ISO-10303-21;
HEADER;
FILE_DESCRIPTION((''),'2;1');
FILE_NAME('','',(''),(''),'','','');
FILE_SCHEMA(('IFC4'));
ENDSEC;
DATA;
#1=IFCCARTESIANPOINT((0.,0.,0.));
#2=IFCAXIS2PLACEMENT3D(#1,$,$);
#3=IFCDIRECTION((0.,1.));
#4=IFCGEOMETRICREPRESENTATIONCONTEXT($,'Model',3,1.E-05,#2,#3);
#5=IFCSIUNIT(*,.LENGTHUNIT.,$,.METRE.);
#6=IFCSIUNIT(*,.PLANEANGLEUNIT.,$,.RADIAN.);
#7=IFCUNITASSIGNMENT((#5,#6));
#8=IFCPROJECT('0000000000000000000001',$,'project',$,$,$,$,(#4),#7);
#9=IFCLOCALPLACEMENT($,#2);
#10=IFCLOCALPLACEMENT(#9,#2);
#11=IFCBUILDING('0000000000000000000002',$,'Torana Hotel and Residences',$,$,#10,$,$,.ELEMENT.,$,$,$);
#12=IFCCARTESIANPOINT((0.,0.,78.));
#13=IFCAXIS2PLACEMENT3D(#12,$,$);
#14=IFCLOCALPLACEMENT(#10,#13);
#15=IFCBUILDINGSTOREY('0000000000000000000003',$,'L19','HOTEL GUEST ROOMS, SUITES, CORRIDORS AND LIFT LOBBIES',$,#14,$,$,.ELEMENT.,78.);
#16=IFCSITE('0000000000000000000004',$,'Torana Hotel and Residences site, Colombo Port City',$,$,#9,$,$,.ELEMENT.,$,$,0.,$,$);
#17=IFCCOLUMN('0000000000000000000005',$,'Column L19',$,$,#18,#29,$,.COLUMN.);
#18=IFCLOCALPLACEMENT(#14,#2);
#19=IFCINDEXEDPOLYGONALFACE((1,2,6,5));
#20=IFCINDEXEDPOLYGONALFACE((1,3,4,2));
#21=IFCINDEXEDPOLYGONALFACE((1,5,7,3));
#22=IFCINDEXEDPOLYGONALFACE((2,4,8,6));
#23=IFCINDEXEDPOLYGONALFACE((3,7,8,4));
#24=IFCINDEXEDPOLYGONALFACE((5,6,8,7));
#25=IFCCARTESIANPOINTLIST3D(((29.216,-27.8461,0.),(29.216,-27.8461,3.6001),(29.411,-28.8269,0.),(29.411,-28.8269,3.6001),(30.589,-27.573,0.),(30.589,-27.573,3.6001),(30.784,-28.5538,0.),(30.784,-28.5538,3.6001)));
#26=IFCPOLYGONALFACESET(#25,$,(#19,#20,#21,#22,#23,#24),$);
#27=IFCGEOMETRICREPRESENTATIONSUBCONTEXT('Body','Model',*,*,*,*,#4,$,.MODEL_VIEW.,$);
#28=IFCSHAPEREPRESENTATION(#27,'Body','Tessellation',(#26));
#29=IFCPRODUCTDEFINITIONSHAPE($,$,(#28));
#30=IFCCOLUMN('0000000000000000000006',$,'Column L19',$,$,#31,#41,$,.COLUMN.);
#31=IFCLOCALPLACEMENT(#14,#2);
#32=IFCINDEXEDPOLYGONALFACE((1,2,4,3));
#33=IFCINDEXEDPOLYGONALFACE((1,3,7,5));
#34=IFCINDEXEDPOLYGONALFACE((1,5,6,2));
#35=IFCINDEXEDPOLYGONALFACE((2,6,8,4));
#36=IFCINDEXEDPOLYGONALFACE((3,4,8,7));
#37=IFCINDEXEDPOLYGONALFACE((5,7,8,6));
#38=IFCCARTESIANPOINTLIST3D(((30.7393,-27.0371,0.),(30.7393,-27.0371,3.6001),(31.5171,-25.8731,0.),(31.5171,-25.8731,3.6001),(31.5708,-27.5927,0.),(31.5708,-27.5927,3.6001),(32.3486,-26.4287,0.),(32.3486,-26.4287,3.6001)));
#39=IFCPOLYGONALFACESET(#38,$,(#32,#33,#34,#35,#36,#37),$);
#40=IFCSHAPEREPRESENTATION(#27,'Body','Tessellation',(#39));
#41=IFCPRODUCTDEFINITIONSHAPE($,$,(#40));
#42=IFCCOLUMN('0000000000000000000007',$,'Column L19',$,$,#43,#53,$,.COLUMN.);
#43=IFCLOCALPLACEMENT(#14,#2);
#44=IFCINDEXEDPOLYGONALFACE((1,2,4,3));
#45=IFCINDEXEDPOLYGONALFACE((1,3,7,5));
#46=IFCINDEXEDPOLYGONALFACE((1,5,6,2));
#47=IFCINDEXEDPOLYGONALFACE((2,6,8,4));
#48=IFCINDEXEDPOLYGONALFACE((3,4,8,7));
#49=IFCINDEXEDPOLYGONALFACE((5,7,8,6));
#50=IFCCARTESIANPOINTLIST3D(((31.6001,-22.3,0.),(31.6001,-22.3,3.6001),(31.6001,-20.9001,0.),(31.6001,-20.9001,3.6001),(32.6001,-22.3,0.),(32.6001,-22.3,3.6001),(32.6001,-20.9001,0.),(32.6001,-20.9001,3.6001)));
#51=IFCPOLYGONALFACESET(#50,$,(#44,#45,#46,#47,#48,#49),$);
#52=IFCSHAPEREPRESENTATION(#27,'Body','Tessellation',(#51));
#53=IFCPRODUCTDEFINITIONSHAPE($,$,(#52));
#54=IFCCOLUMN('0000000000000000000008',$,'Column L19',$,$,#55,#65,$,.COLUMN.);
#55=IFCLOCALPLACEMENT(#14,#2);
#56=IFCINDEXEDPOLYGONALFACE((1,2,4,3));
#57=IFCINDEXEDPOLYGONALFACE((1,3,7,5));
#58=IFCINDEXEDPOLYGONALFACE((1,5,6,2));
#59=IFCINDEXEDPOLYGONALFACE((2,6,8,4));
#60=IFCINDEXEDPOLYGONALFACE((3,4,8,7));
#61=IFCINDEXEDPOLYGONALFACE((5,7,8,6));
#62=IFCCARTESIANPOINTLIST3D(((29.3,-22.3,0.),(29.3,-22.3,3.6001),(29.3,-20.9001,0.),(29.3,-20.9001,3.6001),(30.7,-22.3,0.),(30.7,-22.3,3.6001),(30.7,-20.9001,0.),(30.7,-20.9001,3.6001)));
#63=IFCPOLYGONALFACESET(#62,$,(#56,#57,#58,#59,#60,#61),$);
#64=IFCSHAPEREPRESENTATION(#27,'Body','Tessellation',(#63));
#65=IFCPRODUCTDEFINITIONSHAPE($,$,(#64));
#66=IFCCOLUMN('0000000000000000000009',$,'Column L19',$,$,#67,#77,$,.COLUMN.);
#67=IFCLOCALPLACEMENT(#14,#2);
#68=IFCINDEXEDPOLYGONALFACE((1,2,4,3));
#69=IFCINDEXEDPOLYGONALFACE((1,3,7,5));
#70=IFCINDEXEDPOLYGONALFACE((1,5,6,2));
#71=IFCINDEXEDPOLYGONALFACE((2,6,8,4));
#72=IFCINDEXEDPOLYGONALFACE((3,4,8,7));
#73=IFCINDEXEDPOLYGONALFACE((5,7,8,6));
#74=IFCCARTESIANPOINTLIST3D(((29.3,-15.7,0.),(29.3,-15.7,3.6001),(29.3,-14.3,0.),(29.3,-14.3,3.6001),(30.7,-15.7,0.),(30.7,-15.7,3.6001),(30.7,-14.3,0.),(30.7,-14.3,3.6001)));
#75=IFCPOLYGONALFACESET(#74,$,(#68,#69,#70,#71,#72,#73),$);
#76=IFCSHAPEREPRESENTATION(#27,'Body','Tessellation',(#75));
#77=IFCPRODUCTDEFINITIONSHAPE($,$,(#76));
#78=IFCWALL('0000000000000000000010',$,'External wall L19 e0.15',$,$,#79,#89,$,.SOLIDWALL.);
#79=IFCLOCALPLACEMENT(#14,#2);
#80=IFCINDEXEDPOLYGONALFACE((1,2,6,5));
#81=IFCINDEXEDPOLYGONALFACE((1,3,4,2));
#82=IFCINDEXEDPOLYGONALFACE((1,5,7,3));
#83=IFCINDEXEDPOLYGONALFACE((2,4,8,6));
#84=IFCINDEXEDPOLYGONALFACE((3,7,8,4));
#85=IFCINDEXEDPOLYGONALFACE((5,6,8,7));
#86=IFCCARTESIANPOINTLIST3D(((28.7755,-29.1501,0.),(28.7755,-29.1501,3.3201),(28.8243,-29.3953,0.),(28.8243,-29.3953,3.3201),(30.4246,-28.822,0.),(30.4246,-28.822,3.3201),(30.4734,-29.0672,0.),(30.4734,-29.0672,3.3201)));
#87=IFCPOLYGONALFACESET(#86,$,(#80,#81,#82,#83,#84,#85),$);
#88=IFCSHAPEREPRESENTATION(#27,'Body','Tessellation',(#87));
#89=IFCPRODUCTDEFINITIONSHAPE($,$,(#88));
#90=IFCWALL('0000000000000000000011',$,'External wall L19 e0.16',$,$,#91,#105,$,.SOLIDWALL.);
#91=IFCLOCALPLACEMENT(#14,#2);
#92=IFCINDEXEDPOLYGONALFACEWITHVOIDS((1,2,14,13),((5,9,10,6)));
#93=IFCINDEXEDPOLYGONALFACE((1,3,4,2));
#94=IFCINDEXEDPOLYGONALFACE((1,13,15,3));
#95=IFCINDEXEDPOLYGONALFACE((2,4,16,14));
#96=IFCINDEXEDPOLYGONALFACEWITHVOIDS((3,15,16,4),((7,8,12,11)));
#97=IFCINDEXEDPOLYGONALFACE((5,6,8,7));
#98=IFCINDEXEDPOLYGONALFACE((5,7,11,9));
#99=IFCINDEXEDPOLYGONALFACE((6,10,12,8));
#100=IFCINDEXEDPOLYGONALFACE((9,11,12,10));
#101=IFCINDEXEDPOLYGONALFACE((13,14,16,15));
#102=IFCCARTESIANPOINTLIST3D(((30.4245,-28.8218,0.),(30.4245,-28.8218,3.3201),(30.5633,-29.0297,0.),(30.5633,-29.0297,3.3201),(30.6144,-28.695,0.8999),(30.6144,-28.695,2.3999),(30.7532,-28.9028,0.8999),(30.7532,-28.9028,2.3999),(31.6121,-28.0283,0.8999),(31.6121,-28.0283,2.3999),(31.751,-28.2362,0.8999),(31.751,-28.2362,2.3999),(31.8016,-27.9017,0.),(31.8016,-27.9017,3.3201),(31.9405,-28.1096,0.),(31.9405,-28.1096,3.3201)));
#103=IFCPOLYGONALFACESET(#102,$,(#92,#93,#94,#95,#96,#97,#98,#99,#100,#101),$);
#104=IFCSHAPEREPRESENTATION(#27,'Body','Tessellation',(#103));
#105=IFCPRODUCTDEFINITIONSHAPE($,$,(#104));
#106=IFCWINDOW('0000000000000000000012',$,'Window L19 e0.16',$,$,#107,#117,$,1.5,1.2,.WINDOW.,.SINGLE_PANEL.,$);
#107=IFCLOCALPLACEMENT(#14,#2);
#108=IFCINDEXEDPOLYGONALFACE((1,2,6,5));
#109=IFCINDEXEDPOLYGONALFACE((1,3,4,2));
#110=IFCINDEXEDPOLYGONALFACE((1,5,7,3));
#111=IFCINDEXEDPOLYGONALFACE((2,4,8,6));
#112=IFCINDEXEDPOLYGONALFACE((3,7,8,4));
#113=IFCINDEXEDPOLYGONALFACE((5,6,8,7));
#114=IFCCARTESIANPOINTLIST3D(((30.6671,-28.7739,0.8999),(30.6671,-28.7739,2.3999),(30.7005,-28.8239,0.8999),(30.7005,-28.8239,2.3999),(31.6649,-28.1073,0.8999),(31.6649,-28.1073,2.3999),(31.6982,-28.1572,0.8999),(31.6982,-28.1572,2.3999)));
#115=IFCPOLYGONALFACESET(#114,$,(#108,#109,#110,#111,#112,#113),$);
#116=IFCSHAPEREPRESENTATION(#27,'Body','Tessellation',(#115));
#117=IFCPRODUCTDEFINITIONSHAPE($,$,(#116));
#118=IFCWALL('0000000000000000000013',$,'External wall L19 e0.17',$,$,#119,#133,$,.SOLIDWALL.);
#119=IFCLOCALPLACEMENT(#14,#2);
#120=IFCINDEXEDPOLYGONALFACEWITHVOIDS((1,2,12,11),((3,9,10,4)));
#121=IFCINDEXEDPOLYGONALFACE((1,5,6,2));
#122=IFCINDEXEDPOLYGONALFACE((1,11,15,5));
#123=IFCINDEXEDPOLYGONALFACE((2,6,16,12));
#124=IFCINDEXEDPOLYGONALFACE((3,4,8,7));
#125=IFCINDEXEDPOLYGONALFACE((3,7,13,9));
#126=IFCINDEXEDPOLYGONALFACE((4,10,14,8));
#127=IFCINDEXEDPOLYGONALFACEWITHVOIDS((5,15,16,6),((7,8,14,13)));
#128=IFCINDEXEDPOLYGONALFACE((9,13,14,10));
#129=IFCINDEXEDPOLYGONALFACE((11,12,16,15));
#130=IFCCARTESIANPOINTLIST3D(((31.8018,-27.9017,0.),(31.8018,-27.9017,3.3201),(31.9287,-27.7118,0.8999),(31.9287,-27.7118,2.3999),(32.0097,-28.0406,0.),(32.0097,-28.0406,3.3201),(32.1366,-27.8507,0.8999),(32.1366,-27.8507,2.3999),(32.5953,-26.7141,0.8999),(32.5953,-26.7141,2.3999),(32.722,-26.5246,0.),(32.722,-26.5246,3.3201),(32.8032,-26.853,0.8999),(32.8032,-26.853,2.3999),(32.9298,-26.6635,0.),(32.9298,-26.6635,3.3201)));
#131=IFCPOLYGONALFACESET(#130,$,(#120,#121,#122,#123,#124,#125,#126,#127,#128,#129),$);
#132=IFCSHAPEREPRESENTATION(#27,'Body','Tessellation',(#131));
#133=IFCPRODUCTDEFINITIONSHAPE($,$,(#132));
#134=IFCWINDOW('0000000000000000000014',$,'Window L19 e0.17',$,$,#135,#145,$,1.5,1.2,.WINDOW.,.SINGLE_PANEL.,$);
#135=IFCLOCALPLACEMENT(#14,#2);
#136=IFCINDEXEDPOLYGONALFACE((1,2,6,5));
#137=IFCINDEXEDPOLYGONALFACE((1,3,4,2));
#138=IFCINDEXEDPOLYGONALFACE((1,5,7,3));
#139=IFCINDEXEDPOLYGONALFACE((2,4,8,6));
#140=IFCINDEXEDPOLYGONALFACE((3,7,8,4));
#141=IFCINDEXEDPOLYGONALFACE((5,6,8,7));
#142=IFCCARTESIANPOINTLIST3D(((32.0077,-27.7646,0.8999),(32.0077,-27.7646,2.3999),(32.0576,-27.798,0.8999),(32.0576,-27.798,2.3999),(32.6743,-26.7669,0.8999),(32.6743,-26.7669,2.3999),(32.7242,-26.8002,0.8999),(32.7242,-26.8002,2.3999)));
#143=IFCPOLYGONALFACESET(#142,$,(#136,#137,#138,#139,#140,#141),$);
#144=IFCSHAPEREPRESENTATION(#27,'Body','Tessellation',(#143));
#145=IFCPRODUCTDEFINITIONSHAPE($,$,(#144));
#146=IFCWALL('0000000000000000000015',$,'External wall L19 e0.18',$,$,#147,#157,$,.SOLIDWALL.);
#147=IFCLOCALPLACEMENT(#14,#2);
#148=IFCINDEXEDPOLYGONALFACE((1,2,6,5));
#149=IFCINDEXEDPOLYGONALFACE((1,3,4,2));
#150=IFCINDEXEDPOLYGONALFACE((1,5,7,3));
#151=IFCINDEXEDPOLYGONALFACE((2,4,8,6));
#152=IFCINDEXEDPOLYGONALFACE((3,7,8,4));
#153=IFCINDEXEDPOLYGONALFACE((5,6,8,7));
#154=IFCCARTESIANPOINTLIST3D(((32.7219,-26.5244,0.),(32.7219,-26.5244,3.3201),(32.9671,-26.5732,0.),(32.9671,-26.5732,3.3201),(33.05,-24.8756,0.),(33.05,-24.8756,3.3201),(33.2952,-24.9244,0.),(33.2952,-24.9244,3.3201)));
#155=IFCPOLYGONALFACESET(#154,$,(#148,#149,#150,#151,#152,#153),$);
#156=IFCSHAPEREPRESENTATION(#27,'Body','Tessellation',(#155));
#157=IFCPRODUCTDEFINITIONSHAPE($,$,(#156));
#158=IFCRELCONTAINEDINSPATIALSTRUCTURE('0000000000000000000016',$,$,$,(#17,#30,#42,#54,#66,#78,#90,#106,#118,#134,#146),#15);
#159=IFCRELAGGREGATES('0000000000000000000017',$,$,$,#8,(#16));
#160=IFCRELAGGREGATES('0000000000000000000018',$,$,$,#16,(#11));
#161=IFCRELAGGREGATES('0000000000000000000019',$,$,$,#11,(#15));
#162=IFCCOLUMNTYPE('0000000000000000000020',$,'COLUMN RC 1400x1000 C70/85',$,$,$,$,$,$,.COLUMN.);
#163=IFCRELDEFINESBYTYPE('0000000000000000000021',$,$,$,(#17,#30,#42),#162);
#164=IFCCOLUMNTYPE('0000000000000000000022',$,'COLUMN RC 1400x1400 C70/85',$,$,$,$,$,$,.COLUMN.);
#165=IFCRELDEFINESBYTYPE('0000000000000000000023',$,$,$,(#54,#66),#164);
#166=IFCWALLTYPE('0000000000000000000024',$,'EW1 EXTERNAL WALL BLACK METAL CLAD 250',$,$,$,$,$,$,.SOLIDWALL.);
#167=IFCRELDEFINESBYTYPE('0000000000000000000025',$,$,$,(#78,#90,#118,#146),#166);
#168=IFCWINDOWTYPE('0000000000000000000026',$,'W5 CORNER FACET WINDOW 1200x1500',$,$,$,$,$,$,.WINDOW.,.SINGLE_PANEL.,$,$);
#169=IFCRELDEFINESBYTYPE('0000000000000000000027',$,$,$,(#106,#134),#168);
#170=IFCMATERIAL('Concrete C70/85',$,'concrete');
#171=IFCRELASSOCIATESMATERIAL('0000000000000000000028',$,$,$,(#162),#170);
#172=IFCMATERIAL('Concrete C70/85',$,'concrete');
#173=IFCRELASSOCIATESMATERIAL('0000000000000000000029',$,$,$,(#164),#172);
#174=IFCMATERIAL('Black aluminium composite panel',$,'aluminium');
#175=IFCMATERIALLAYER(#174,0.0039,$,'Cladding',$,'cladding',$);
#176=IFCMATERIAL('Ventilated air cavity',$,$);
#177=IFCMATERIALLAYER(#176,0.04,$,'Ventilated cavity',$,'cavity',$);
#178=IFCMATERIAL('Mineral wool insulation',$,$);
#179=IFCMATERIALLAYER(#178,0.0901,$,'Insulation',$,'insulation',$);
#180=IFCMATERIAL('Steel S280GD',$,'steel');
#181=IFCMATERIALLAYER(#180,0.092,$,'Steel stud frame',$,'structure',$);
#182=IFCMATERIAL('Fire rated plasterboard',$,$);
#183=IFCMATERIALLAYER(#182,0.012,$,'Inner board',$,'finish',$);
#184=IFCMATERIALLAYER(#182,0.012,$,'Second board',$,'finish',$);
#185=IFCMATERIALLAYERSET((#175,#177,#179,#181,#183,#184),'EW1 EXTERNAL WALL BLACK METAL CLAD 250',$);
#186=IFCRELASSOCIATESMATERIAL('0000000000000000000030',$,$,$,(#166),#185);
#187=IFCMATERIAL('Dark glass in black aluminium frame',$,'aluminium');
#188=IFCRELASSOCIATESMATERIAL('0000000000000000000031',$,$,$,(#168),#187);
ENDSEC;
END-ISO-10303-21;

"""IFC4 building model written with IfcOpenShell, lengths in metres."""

from ifc_helpers import new_model, si_unit, direction, frame, frame_2d, origin, origin_2d, place, context, subcontext, project, spatial, rectangle, extrude, material, layer, layer_set, material_profile, profile_set, type_object, element, fill, save


model = new_model("IFC4")

# Units and contexts
model_context = context("Model", 3, precision=1e-05, world=origin(), true_north=direction((0.0, 1.0)))
body_context = subcontext(model_context, "Body", "Model", "MODEL_VIEW")
ifc_project = project(units=[si_unit("LENGTHUNIT", "METRE"), si_unit("PLANEANGLEUNIT", "RADIAN")], contexts=[model_context])

# Site, building, storey
site_placement = place(None, origin())
site = spatial("IfcSite", under=ifc_project, at=site_placement, Name="Torana Hotel and Residences site, Colombo Port City", CompositionType="ELEMENT", RefElevation=0.0)
building_placement = place(site_placement, origin())
building = spatial("IfcBuilding", under=site, at=building_placement, Name="Torana Hotel and Residences", CompositionType="ELEMENT")
storey_placement = place(building_placement, frame((0.0, 0.0, 78.0)))
storey = spatial("IfcBuildingStorey", under=building, at=storey_placement, Name="L19", Description="HOTEL GUEST ROOMS, SUITES, CORRIDORS AND LIFT LOBBIES", CompositionType="ELEMENT", Elevation=78.0)

# Columns
ifc_material_1 = material(Name="Concrete C70/85", Category="concrete")
ifc_material_profile_1 = material_profile(ifc_material_1, rectangle(XDim=1.3999, YDim=1.0, at=origin_2d()), Name="RC 1400x1000")
ifc_profile_set_1 = profile_set([ifc_material_profile_1], Name="Concrete C70/85")
column_type_1 = type_object("IfcColumnType", Name="COLUMN RC 1400x1000 C70/85", PredefinedType="COLUMN", material=ifc_profile_set_1)
for number, where, z_axis, x_axis, name in (
    (1, (30.0, -28.2, 0.0), (0.0, 0.0, 1.0), (0.980792, 0.195056, 0.0), "Column L19"),
    (2, (31.5439, -26.7329, 0.0), (0.0, 0.0, 1.0), (0.555585, 0.83146, 0.0), "Column L19"),
    (3, (32.1001, -21.6001, 0.0), (0.0, 0.0, 1.0), (0.0, 1.0, 0.0), "Column L19"),
):
    element("IfcColumn", number, at=place(storey_placement, frame(where, z_axis=z_axis, x_axis=x_axis)), inside=storey, type_object=column_type_1, Name=name, PredefinedType="COLUMN", context=body_context, shape_type="SweptSolid", body=[
        extrude(rectangle(XDim=1.3999, YDim=1.0, at=origin_2d()), origin(), (0.0, 0.0, 1.0), 3.6001),
    ])
ifc_material_2 = material(Name="Concrete C70/85", Category="concrete")
ifc_material_profile_2 = material_profile(ifc_material_2, rectangle(XDim=1.3999, YDim=1.3999, at=origin_2d()), Name="RC 1400x1400")
ifc_profile_set_2 = profile_set([ifc_material_profile_2], Name="Concrete C70/85")
column_type_2 = type_object("IfcColumnType", Name="COLUMN RC 1400x1400 C70/85", PredefinedType="COLUMN", material=ifc_profile_set_2)
for number, where, z_axis, x_axis, name in (
    (4, (30.0, -21.6001, 0.0), (0.0, 0.0, 1.0), (1.0, 0.0, 0.0), "Column L19"),
    (5, (30.0, -15.0, 0.0), (0.0, 0.0, 1.0), (1.0, 0.0, 0.0), "Column L19"),
):
    element("IfcColumn", number, at=place(storey_placement, frame(where, z_axis=z_axis, x_axis=x_axis)), inside=storey, type_object=column_type_2, Name=name, PredefinedType="COLUMN", context=body_context, shape_type="SweptSolid", body=[
        extrude(rectangle(XDim=1.3999, YDim=1.3999, at=origin_2d()), origin(), (0.0, 0.0, 1.0), 3.6001),
    ])

# Wall
ifc_material_3 = material(Name="Black aluminium composite panel", Category="aluminium")
ifc_layer_1 = layer(ifc_material_3, 0.0039, Name="Cladding", Category="cladding")
ifc_material_4 = material(Name="Ventilated air cavity")
ifc_layer_2 = layer(ifc_material_4, 0.04, Name="Ventilated cavity", Category="cavity")
ifc_material_5 = material(Name="Mineral wool insulation")
ifc_layer_3 = layer(ifc_material_5, 0.0901, Name="Insulation", Category="insulation")
ifc_material_6 = material(Name="Steel S280GD", Category="steel")
ifc_layer_4 = layer(ifc_material_6, 0.092, Name="Steel stud frame", Category="structure")
ifc_material_7 = material(Name="Fire rated plasterboard")
ifc_layer_5 = layer(ifc_material_7, 0.012, Name="Inner board", Category="finish")
ifc_layer_6 = layer(ifc_material_7, 0.012, Name="Second board", Category="finish")
ifc_layer_set_1 = layer_set([ifc_layer_1, ifc_layer_2, ifc_layer_3, ifc_layer_4, ifc_layer_5, ifc_layer_6], Name="EW1 EXTERNAL WALL BLACK METAL CLAD 250")
wall_type_1 = type_object("IfcWallType", Name="EW1 EXTERNAL WALL BLACK METAL CLAD 250", PredefinedType="SOLIDWALL", material=ifc_layer_set_1)
wall_1_placement = place(storey_placement, frame((28.7998, -29.2727, 0.0), z_axis=(0.0, 0.0, 1.0), x_axis=(0.980776, 0.195139, 0.0)))
element("IfcWall", 6, at=wall_1_placement, inside=storey, type_object=wall_type_1, Name="External wall L19 e0.15", PredefinedType="SOLIDWALL", context=body_context, shape_type="SweptSolid", body=[
    extrude(rectangle(XDim=1.6814, YDim=0.25, at=frame_2d((0.8408, 0.0))), origin(), (0.0, 0.0, 1.0), 3.3201),
])

# Walls, openings, windows
wall_2_placement = place(storey_placement, frame((30.4939, -28.9258, 0.0), z_axis=(0.0, 0.0, 1.0), x_axis=(0.831483, 0.55555, 0.0)))
wall_2 = element("IfcWall", 7, at=wall_2_placement, inside=storey, type_object=wall_type_1, Name="External wall L19 e0.16", PredefinedType="SOLIDWALL", context=body_context, shape_type="SweptSolid", body=[
    extrude(rectangle(XDim=1.6562, YDim=0.25, at=frame_2d((0.8281, 0.0))), origin(), (0.0, 0.0, 1.0), 3.3201),
])
opening_1_placement = place(wall_2_placement, frame((0.2283, 0.0, 0.8999)))
opening_1 = element("IfcOpeningElement", 8, at=opening_1_placement, cuts=wall_2, PredefinedType="OPENING", context=body_context, shape_type="SweptSolid", body=[
    extrude(rectangle(XDim=1.2, YDim=1.5, at=frame_2d((0.6001, 0.75))), frame((0.0, 0.135, 0.0), z_axis=(0.0, -1.0, 0.0), x_axis=(1.0, 0.0, 0.0)), (0.0, 0.0, 1.0), 0.27),
])
ifc_material_8 = material(Name="Dark glass in black aluminium frame", Category="aluminium")
window_type_1 = type_object("IfcWindowType", Name="W5 CORNER FACET WINDOW 1200x1500", PartitioningType="SINGLE_PANEL", PredefinedType="WINDOW", material=ifc_material_8)
window_1_placement = place(opening_1_placement, origin())
window_1 = element("IfcWindow", 9, at=window_1_placement, inside=storey, type_object=window_type_1, Name="Window L19 e0.16", OverallHeight=1.5, OverallWidth=1.2, PartitioningType="SINGLE_PANEL", PredefinedType="WINDOW", context=body_context, shape_type="SweptSolid", body=[
    extrude(rectangle(XDim=1.2, YDim=1.5, at=frame_2d((0.6001, 0.75))), frame((0.0, 0.03, 0.0), z_axis=(0.0, -1.0, 0.0), x_axis=(1.0, 0.0, 0.0)), (0.0, 0.0, 1.0), 0.0601),
])
fill(opening_1, window_1)
wall_3_placement = place(storey_placement, frame((31.9058, -27.9712, 0.0), z_axis=(0.0, 0.0, 1.0), x_axis=(0.55555, 0.831483, 0.0)))
wall_3 = element("IfcWall", 10, at=wall_3_placement, inside=storey, type_object=wall_type_1, Name="External wall L19 e0.17", PredefinedType="SOLIDWALL", context=body_context, shape_type="SweptSolid", body=[
    extrude(rectangle(XDim=1.6562, YDim=0.25, at=frame_2d((0.8281, 0.0))), origin(), (0.0, 0.0, 1.0), 3.3201),
])
opening_2_placement = place(wall_3_placement, frame((0.2283, 0.0, 0.8999)))
opening_2 = element("IfcOpeningElement", 11, at=opening_2_placement, cuts=wall_3, PredefinedType="OPENING", context=body_context, shape_type="SweptSolid", body=[
    extrude(rectangle(XDim=1.2, YDim=1.5, at=frame_2d((0.6001, 0.75))), frame((0.0, 0.135, 0.0), z_axis=(0.0, -1.0, 0.0), x_axis=(1.0, 0.0, 0.0)), (0.0, 0.0, 1.0), 0.27),
])
window_2_placement = place(opening_2_placement, origin())
window_2 = element("IfcWindow", 12, at=window_2_placement, inside=storey, type_object=window_type_1, Name="Window L19 e0.17", OverallHeight=1.5, OverallWidth=1.2, PartitioningType="SINGLE_PANEL", PredefinedType="WINDOW", context=body_context, shape_type="SweptSolid", body=[
    extrude(rectangle(XDim=1.2, YDim=1.5, at=frame_2d((0.6001, 0.75))), frame((0.0, 0.03, 0.0), z_axis=(0.0, -1.0, 0.0), x_axis=(1.0, 0.0, 0.0)), (0.0, 0.0, 1.0), 0.0601),
])
fill(opening_2, window_2)

# Wall
wall_4_placement = place(storey_placement, frame((32.8445, -26.5488, 0.0), z_axis=(0.0, 0.0, 1.0), x_axis=(0.195167, 0.98077, 0.0)))
element("IfcWall", 13, at=wall_4_placement, inside=storey, type_object=wall_type_1, Name="External wall L19 e0.18", PredefinedType="SOLIDWALL", context=body_context, shape_type="SweptSolid", body=[
    extrude(rectangle(XDim=1.6812, YDim=0.25, at=frame_2d((0.8406, 0.0))), origin(), (0.0, 0.0, 1.0), 3.3201),
])

save(model, "model.ifc")
